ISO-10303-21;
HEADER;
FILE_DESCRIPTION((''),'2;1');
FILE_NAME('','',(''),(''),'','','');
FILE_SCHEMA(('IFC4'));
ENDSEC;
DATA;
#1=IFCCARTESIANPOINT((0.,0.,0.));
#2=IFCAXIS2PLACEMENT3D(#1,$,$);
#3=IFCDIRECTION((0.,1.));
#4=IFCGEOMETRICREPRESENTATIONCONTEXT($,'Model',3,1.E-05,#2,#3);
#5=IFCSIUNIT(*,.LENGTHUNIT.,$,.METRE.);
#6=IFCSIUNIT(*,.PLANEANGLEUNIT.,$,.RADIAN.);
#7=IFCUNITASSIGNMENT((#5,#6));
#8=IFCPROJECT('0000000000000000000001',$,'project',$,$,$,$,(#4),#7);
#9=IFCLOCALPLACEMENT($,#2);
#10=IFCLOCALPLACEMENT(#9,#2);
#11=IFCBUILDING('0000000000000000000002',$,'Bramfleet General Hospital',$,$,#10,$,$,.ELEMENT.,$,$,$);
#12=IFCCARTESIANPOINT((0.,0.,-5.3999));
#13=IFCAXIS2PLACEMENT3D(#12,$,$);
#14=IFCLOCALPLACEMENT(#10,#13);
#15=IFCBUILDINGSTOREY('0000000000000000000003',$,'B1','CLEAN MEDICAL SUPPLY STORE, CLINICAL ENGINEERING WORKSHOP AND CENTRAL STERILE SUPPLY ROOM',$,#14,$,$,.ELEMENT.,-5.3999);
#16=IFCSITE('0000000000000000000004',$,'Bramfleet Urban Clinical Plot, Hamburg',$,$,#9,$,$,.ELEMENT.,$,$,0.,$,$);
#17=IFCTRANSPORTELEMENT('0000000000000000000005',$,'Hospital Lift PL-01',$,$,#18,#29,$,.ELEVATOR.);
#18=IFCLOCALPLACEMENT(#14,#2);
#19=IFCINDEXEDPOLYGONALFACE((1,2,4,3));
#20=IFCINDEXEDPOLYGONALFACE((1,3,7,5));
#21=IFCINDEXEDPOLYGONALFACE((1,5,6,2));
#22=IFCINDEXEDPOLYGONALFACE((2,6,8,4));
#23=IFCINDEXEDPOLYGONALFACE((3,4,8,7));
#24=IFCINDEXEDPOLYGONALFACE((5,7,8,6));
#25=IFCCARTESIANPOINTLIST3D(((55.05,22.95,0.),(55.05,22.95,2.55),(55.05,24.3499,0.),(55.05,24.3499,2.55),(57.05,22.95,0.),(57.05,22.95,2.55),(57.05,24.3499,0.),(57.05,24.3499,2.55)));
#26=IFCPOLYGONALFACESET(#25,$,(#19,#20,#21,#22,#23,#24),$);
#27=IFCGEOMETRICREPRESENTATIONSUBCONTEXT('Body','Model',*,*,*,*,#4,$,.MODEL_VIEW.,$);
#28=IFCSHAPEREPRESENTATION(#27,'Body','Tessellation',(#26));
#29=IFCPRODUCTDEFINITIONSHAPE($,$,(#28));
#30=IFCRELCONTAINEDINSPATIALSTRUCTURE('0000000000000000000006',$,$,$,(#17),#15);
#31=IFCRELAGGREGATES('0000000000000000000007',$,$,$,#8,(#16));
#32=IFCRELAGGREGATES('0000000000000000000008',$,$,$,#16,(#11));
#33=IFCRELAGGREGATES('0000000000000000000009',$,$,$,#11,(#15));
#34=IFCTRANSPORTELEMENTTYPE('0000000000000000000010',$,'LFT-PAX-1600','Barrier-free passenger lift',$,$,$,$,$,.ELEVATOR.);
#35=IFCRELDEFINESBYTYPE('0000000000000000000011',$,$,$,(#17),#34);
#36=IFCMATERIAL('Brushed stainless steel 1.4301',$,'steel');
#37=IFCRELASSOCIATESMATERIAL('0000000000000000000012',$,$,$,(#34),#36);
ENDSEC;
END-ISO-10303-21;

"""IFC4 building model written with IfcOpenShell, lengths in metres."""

from ifc_helpers import new_model, si_unit, direction, frame, origin, origin_2d, place, context, subcontext, project, spatial, rectangle, extrude, material, type_object, element, save


model = new_model("IFC4")

# Units and contexts
model_context = context("Model", 3, precision=1e-05, world=origin(), true_north=direction((0.0, 1.0)))
body_context = subcontext(model_context, "Body", "Model", "MODEL_VIEW")
ifc_project = project(units=[si_unit("LENGTHUNIT", "METRE"), si_unit("PLANEANGLEUNIT", "RADIAN")], contexts=[model_context])

# Site, building, storey
site_placement = place(None, origin())
site = spatial("IfcSite", under=ifc_project, at=site_placement, Name="Bramfleet Urban Clinical Plot, Hamburg", CompositionType="ELEMENT", RefElevation=0.0)
building_placement = place(site_placement, origin())
building = spatial("IfcBuilding", under=site, at=building_placement, Name="Bramfleet General Hospital", CompositionType="ELEMENT")
storey_placement = place(building_placement, frame((0.0, 0.0, -5.3999)))
storey = spatial("IfcBuildingStorey", under=building, at=storey_placement, Name="B1", Description="CLEAN MEDICAL SUPPLY STORE, CLINICAL ENGINEERING WORKSHOP AND CENTRAL STERILE SUPPLY ROOM", CompositionType="ELEMENT", Elevation=-5.3999)

# Transport element
ifc_material_1 = material(Name="Brushed stainless steel 1.4301", Category="steel")
transport_element_type_1 = type_object("IfcTransportElementType", Name="LFT-PAX-1600", Description="Barrier-free passenger lift", PredefinedType="ELEVATOR", material=ifc_material_1)
transport_element_1_placement = place(storey_placement, frame((56.05, 23.6499, 0.0), z_axis=(0.0, 0.0, 1.0), x_axis=(1.0, 0.0, 0.0)))
element("IfcTransportElement", 1, at=transport_element_1_placement, inside=storey, type_object=transport_element_type_1, Name="Hospital Lift PL-01", PredefinedType="ELEVATOR", context=body_context, shape_type="SweptSolid", body=[
    extrude(rectangle(XDim=2.0, YDim=1.3999, at=origin_2d()), origin(), (0.0, 0.0, 1.0), 2.55),
])

save(model, "model.ifc")
